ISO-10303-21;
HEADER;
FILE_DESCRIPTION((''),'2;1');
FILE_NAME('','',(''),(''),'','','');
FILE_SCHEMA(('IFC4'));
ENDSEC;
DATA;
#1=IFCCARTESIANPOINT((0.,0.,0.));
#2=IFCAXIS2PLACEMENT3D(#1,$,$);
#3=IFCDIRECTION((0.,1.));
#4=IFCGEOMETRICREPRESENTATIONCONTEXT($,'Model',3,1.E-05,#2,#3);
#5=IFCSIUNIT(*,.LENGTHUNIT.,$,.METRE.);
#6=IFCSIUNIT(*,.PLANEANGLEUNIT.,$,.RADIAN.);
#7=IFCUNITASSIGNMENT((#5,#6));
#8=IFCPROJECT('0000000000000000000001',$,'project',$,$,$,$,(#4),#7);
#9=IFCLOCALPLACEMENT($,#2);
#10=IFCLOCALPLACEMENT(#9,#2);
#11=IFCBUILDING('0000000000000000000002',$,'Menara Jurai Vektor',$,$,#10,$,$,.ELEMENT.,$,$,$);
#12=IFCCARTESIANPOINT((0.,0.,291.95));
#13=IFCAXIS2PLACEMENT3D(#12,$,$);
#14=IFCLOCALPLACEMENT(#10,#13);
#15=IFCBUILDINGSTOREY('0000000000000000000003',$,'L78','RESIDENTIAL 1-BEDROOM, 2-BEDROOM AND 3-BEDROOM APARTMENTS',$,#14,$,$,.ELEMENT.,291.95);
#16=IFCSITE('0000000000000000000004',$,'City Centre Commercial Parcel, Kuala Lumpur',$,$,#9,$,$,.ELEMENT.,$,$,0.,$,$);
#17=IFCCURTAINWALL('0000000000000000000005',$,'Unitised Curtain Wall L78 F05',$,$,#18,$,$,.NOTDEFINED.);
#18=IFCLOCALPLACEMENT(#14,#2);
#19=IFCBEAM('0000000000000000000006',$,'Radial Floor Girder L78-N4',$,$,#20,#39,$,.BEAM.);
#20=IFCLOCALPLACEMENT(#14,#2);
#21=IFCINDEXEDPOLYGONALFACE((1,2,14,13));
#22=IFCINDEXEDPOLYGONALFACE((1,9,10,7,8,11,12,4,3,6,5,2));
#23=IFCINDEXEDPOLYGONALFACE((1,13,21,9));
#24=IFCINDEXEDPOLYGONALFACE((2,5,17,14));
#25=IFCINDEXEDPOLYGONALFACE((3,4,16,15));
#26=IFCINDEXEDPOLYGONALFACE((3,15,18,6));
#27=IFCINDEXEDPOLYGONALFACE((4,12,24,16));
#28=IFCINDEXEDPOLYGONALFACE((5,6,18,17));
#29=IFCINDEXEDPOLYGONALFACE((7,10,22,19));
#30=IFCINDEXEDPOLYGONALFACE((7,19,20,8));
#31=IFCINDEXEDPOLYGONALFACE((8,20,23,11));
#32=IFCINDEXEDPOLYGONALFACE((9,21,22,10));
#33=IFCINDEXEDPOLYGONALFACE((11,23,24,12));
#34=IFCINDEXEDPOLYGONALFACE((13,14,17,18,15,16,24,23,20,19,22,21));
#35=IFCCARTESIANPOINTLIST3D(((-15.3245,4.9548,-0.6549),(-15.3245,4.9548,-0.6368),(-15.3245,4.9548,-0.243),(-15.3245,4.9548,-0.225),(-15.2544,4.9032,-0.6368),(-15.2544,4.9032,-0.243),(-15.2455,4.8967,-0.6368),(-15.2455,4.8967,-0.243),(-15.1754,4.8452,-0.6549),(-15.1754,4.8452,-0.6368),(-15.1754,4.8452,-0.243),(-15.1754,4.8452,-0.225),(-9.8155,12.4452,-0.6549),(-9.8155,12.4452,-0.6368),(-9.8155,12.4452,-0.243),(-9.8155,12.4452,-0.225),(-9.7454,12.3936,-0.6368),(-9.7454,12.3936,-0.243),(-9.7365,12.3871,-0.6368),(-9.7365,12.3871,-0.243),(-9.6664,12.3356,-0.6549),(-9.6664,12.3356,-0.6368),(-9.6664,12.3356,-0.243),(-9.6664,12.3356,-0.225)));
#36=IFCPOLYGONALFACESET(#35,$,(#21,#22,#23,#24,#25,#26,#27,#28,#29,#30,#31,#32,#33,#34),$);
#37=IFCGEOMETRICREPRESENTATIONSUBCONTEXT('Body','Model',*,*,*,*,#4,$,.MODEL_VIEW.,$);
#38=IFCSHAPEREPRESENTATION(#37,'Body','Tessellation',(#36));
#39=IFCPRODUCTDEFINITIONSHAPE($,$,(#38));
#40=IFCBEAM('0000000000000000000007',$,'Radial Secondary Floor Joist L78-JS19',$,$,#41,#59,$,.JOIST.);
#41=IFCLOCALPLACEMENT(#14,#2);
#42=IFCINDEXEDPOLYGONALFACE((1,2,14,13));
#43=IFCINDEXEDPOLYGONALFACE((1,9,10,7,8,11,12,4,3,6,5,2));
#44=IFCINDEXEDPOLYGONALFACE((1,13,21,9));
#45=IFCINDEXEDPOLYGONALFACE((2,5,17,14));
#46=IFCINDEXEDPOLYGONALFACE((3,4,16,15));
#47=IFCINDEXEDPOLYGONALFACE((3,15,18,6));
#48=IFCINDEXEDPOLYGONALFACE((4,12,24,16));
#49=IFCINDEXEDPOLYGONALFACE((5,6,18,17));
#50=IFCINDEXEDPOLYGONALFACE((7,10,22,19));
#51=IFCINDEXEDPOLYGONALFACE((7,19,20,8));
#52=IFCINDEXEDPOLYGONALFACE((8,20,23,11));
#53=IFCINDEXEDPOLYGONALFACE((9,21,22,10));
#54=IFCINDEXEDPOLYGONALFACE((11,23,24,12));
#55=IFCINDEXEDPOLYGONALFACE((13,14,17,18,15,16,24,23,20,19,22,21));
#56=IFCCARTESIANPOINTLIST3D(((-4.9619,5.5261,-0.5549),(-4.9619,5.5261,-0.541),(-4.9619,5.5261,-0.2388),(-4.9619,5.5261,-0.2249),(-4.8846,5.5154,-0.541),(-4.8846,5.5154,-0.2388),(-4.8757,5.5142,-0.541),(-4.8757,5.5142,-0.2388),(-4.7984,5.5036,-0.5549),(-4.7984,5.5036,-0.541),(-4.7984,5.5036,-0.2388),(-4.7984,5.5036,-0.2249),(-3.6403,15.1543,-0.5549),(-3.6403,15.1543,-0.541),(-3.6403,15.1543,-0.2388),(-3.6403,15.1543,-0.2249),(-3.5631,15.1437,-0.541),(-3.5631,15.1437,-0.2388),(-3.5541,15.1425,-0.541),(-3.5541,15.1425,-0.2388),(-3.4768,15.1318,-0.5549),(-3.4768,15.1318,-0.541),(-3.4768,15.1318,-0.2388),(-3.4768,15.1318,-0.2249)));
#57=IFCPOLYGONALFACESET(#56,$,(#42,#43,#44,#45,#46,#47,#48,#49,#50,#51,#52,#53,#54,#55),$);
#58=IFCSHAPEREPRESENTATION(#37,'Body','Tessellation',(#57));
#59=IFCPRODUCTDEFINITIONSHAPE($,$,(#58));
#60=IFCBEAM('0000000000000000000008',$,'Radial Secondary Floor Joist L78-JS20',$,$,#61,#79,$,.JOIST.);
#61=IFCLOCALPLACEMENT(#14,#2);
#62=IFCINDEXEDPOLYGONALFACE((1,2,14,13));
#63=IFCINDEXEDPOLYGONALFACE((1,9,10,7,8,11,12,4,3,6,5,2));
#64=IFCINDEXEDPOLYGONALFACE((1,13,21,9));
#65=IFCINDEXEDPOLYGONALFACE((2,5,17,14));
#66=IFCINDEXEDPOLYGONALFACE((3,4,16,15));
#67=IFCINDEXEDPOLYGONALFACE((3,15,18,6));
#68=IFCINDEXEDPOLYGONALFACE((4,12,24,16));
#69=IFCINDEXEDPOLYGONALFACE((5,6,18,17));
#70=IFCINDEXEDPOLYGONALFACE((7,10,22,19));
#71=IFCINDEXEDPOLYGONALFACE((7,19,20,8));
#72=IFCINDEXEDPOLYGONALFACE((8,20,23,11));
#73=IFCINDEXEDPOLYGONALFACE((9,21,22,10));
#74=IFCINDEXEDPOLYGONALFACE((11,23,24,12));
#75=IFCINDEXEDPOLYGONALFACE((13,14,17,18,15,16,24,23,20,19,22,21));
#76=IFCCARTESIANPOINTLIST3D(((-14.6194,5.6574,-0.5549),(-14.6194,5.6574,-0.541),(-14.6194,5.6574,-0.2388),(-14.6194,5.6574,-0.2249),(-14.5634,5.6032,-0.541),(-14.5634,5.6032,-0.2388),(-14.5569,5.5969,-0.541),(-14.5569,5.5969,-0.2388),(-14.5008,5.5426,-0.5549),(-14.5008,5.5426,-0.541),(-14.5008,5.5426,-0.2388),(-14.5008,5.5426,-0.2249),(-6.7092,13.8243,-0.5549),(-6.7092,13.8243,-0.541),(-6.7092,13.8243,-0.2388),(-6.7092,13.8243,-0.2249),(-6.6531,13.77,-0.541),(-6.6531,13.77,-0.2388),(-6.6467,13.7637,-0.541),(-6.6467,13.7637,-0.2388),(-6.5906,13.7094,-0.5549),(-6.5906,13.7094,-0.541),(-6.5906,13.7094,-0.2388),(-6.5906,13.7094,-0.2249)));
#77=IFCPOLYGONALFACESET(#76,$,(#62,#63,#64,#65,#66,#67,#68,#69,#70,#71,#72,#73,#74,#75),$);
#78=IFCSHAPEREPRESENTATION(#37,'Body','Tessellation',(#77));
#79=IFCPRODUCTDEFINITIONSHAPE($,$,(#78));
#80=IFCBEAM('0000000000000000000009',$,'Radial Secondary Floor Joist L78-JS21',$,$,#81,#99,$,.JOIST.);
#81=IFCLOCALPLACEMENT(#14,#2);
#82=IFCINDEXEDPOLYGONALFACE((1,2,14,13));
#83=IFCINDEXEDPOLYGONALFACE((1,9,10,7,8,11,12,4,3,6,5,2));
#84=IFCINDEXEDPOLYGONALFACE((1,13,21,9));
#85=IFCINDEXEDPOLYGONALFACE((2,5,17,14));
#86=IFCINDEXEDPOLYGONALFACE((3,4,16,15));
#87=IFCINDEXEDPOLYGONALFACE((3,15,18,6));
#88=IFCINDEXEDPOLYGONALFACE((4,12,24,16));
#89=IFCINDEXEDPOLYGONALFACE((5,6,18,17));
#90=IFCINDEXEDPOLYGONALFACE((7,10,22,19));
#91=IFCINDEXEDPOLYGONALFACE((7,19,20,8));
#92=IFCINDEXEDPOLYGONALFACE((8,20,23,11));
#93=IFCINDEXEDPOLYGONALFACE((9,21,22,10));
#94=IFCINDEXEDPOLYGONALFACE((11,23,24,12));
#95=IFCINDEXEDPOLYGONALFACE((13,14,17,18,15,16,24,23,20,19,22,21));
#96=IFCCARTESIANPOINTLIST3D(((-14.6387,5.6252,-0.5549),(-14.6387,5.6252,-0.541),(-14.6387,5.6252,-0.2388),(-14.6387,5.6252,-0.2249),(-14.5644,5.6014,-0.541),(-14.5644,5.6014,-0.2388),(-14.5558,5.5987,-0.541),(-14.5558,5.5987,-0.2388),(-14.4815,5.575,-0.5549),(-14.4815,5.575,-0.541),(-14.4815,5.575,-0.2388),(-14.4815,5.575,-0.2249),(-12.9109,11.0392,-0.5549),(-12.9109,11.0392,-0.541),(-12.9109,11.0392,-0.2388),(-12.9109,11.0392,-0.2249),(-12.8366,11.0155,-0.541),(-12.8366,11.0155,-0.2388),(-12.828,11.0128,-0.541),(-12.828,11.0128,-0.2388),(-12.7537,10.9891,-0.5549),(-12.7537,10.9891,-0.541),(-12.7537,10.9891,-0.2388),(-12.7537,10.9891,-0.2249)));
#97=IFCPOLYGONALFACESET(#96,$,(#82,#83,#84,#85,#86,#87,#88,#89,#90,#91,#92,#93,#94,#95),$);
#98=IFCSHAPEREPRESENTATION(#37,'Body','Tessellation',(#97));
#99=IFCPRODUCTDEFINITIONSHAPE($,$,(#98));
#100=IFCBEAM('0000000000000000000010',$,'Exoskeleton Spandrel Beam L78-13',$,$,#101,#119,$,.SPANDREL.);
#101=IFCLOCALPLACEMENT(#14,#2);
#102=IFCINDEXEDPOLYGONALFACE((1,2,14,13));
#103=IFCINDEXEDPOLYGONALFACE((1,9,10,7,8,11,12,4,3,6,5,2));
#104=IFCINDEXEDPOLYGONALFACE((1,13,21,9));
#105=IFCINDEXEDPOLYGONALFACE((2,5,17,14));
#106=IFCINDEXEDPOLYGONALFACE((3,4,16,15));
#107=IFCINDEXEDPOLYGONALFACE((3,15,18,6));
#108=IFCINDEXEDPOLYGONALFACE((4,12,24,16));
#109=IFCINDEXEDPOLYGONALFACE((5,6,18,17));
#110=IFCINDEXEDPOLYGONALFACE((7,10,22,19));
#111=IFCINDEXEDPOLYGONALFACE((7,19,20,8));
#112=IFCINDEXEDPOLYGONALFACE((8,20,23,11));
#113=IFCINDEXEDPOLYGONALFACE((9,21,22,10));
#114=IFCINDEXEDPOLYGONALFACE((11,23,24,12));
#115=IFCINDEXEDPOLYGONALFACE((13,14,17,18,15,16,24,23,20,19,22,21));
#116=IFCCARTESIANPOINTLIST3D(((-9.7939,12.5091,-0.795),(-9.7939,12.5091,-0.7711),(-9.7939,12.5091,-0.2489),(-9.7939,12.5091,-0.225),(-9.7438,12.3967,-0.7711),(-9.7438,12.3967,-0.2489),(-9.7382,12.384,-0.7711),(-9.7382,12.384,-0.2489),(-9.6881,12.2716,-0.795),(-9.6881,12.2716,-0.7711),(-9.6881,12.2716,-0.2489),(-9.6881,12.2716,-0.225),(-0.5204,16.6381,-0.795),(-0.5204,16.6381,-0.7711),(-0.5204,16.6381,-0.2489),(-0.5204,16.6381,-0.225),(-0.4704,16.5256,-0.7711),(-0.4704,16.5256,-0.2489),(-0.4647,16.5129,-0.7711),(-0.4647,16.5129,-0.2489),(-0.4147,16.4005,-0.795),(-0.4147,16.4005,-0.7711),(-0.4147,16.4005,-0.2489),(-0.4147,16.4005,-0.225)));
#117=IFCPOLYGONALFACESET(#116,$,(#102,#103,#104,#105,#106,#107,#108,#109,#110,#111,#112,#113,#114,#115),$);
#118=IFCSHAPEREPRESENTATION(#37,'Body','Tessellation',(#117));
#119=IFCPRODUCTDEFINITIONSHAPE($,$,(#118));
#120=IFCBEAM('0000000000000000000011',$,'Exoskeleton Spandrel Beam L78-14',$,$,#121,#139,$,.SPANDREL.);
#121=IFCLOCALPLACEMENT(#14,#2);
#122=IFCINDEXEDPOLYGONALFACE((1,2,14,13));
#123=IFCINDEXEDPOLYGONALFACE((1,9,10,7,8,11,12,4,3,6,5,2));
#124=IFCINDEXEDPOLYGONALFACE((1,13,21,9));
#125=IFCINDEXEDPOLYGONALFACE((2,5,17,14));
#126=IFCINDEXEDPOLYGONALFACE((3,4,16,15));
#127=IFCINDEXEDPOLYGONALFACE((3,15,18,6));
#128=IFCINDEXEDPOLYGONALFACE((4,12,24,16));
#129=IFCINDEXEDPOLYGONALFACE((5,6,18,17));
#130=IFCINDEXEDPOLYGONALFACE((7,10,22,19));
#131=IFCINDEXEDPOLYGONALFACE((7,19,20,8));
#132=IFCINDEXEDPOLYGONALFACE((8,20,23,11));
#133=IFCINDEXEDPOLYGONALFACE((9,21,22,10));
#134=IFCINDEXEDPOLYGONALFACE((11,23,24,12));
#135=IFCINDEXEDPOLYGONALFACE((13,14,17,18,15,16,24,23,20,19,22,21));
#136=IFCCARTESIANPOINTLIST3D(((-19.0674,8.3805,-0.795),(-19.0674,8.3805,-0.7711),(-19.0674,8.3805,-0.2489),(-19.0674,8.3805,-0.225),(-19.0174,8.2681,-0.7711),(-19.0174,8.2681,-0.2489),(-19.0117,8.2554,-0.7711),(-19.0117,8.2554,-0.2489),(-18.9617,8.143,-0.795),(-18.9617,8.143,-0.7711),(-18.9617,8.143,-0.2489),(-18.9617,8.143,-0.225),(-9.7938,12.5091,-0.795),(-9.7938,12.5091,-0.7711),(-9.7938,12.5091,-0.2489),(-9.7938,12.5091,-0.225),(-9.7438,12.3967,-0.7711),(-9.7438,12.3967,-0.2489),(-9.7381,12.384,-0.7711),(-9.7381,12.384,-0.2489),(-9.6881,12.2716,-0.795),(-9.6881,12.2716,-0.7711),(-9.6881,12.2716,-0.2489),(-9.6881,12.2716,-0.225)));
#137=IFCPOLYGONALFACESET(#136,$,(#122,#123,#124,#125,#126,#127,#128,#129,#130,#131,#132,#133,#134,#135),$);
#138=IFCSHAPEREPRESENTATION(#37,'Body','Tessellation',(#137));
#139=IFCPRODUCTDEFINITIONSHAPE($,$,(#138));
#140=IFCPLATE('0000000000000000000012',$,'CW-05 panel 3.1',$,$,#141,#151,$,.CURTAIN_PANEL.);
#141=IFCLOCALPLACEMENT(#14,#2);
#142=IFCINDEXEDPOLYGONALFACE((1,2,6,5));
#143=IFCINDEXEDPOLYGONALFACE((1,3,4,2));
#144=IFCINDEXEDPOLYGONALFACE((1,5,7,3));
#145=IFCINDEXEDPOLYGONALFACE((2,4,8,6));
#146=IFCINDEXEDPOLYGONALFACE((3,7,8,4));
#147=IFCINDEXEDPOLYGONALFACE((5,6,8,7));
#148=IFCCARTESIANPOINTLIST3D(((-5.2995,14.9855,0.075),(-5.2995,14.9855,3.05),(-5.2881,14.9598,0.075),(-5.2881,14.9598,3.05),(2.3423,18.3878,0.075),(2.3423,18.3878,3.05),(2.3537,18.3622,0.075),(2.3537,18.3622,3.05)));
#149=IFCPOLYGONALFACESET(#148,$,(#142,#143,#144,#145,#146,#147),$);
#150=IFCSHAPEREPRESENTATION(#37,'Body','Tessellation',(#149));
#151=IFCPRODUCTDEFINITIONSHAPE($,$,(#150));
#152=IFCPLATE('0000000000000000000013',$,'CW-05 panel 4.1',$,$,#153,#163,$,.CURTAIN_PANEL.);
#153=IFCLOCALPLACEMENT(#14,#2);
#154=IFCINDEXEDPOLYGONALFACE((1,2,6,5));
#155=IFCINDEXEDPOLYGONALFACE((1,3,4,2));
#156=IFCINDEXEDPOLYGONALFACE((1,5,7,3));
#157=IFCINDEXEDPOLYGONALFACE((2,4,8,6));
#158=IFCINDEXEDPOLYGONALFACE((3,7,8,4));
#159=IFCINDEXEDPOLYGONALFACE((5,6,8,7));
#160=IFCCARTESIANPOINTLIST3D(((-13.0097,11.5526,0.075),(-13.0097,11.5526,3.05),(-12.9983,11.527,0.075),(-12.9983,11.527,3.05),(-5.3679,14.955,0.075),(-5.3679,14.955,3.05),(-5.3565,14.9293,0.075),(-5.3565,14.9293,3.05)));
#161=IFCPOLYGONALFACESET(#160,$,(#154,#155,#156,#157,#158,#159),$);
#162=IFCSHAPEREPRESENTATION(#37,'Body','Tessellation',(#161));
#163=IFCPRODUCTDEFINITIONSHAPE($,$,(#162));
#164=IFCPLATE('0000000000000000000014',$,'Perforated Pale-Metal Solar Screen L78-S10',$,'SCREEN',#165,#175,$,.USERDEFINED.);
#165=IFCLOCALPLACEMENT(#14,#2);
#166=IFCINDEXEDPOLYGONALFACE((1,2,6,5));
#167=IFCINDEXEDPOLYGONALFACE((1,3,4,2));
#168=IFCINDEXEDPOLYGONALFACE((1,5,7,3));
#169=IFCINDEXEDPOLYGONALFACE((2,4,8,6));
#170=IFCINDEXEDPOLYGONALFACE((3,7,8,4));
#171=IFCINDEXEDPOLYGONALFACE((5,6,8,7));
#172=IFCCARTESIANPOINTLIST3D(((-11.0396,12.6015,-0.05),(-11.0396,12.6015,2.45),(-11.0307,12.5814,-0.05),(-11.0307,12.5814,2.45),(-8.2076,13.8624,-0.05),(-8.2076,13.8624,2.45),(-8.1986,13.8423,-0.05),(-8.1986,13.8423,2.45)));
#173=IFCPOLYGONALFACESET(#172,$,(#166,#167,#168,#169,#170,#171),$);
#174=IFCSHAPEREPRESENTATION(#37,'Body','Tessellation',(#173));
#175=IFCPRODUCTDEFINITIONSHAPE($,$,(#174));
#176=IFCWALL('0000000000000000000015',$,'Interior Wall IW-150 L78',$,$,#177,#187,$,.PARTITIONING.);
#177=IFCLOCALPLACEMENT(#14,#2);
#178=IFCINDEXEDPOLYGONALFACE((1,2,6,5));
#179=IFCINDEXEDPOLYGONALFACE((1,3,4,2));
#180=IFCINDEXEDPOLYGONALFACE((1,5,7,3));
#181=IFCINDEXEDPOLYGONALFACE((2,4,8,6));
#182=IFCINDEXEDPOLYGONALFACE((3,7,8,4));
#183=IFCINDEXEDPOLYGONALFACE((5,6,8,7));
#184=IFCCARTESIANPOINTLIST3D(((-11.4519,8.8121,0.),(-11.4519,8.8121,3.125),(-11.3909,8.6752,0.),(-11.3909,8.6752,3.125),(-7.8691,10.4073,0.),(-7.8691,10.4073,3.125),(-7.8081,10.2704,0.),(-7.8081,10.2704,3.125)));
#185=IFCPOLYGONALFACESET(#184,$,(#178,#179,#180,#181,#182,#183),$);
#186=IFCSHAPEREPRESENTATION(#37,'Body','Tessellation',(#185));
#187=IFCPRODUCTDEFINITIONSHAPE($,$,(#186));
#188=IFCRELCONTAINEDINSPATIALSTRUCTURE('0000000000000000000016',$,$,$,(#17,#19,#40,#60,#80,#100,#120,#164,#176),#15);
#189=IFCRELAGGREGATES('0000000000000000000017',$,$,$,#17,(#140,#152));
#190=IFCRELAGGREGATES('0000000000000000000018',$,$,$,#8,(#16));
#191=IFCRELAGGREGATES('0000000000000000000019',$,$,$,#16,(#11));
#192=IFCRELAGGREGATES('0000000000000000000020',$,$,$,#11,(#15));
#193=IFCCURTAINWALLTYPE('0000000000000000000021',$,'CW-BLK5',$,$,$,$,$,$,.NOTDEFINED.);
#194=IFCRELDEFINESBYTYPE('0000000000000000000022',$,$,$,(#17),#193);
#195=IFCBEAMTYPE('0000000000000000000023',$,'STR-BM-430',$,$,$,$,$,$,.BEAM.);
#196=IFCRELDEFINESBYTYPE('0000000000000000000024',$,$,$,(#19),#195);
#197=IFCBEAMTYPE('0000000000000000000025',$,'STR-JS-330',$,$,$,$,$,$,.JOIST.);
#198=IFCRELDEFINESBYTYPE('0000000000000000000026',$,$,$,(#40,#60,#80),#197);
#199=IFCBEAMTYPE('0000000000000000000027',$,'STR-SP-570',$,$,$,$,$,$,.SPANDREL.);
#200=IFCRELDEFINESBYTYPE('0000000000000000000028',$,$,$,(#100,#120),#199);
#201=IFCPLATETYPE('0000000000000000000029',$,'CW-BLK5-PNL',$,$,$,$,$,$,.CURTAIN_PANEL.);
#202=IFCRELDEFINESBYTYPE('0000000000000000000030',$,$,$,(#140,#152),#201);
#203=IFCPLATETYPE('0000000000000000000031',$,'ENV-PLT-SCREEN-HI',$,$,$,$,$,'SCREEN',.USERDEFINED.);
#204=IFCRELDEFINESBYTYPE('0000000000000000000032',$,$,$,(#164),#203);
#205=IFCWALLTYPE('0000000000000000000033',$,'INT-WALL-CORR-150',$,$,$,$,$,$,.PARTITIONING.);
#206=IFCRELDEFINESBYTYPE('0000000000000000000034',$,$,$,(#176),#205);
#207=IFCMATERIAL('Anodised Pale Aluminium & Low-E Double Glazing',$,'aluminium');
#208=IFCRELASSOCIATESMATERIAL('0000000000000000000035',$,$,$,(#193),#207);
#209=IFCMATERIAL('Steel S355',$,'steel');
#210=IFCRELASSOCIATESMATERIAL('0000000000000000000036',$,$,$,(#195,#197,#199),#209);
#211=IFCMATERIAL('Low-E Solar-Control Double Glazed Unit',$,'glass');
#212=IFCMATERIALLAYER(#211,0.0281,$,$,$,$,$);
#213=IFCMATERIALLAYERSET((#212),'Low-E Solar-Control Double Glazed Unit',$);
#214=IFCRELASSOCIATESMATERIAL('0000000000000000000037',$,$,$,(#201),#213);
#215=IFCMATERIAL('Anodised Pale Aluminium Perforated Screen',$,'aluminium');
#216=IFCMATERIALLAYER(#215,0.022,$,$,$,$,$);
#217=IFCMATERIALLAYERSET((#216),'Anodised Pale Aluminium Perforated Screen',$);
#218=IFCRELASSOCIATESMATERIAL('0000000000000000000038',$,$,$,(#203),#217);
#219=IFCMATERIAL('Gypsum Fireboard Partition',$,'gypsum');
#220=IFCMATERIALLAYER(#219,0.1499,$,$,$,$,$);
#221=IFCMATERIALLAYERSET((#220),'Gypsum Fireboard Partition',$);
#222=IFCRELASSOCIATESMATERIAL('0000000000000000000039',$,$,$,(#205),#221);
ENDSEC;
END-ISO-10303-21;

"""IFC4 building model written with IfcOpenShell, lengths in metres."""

from ifc_helpers import new_model, si_unit, direction, frame, frame_2d, origin, origin_2d, place, context, subcontext, project, spatial, rectangle, i_section, extrude, material, layer, layer_set, material_profile, profile_set, type_object, element, aggregate, save


model = new_model("IFC4")

# Units and contexts
model_context = context("Model", 3, precision=1e-05, world=origin(), true_north=direction((0.0, 1.0)))
body_context = subcontext(model_context, "Body", "Model", "MODEL_VIEW")
ifc_project = project(units=[si_unit("LENGTHUNIT", "METRE"), si_unit("PLANEANGLEUNIT", "RADIAN")], contexts=[model_context])

# Site, building, storey
site_placement = place(None, origin())
site = spatial("IfcSite", under=ifc_project, at=site_placement, Name="City Centre Commercial Parcel, Kuala Lumpur", CompositionType="ELEMENT", RefElevation=0.0)
building_placement = place(site_placement, origin())
building = spatial("IfcBuilding", under=site, at=building_placement, Name="Menara Jurai Vektor", CompositionType="ELEMENT")
storey_placement = place(building_placement, frame((0.0, 0.0, 291.95)))
storey = spatial("IfcBuildingStorey", under=building, at=storey_placement, Name="L78", Description="RESIDENTIAL 1-BEDROOM, 2-BEDROOM AND 3-BEDROOM APARTMENTS", CompositionType="ELEMENT", Elevation=291.95)

# Curtain wall
ifc_material_1 = material(Name="Anodised Pale Aluminium & Low-E Double Glazing", Category="aluminium")
curtain_wall_type = type_object("IfcCurtainWallType", Name="CW-BLK5", PredefinedType="NOTDEFINED", material=ifc_material_1)
curtain_wall_placement = place(storey_placement, origin())
curtain_wall = element("IfcCurtainWall", 1, at=curtain_wall_placement, inside=storey, type_object=curtain_wall_type, Name="Unitised Curtain Wall L78 F05", PredefinedType="NOTDEFINED")

# Beams
ifc_material_2 = material(Name="Steel S355", Category="steel")
ifc_material_profile_1 = material_profile(ifc_material_2, i_section(OverallWidth=0.1851, OverallDepth=0.4299, WebThickness=0.011, FlangeThickness=0.0181, at=origin_2d()), Name="PG 430x185x76")
ifc_profile_set_1 = profile_set([ifc_material_profile_1], Name="Steel S355")
beam_type_1 = type_object("IfcBeamType", Name="STR-BM-430", PredefinedType="BEAM", material=ifc_profile_set_1)
beam_1_placement = place(storey_placement, frame((-9.741, 12.3904, -0.4399), z_axis=(-0.592483, -0.805583, 0.0), x_axis=(0.805583, -0.592483, 0.0)))
element("IfcBeam", 2, at=beam_1_placement, inside=storey, type_object=beam_type_1, Name="Radial Floor Girder L78-N4", PredefinedType="BEAM", context=body_context, shape_type="SweptSolid", body=[
    extrude(i_section(OverallWidth=0.1851, OverallDepth=0.4299, WebThickness=0.011, FlangeThickness=0.0181, at=origin_2d()), origin(), (0.0, 0.0, 1.0), 9.2981),
])
ifc_material_profile_2 = material_profile(ifc_material_2, i_section(OverallWidth=0.165, OverallDepth=0.3301, WebThickness=0.009, FlangeThickness=0.0139, at=origin_2d()), Name="PG 330x165x46")
ifc_profile_set_2 = profile_set([ifc_material_profile_2], Name="Steel S355")
beam_type_2 = type_object("IfcBeamType", Name="STR-JS-330", PredefinedType="JOIST", material=ifc_profile_set_2)
beam_2_placement = place(storey_placement, frame((-3.5586, 15.1431, -0.3899), z_axis=(-0.135982, -0.990711, 0.0), x_axis=(0.990711, -0.135982, 0.0)))
element("IfcBeam", 3, at=beam_2_placement, inside=storey, type_object=beam_type_2, Name="Radial Secondary Floor Joist L78-JS19", PredefinedType="JOIST", context=body_context, shape_type="SweptSolid", body=[
    extrude(i_section(OverallWidth=0.165, OverallDepth=0.3301, WebThickness=0.009, FlangeThickness=0.0139, at=origin_2d()), origin(), (0.0, 0.0, 1.0), 9.7185),
])
beam_3_placement = place(storey_placement, frame((-6.6499, 13.7668, -0.3899), z_axis=(-0.695733, -0.718301, 0.0), x_axis=(0.718301, -0.695733, 0.0)))
element("IfcBeam", 4, at=beam_3_placement, inside=storey, type_object=beam_type_2, Name="Radial Secondary Floor Joist L78-JS20", PredefinedType="JOIST", context=body_context, shape_type="SweptSolid", body=[
    extrude(i_section(OverallWidth=0.165, OverallDepth=0.3301, WebThickness=0.009, FlangeThickness=0.0139, at=origin_2d()), origin(), (0.0, 0.0, 1.0), 11.3696),
])
beam_4_placement = place(storey_placement, frame((-12.8323, 11.0142, -0.3899), z_axis=(-0.304023, -0.952665, 0.0), x_axis=(0.952665, -0.304023, 0.0)))
element("IfcBeam", 5, at=beam_4_placement, inside=storey, type_object=beam_type_2, Name="Radial Secondary Floor Joist L78-JS21", PredefinedType="JOIST", context=body_context, shape_type="SweptSolid", body=[
    extrude(i_section(OverallWidth=0.165, OverallDepth=0.3301, WebThickness=0.009, FlangeThickness=0.0139, at=origin_2d()), origin(), (0.0, 0.0, 1.0), 5.6831),
])
ifc_material_profile_3 = material_profile(ifc_material_2, i_section(OverallWidth=0.26, OverallDepth=0.5701, WebThickness=0.0139, FlangeThickness=0.0239, at=origin_2d()), Name="PG 570x260x145")
ifc_profile_set_3 = profile_set([ifc_material_profile_3], Name="Steel S355")
beam_type_3 = type_object("IfcBeamType", Name="STR-SP-570", PredefinedType="SPANDREL", material=ifc_profile_set_3)
for number, where, z_axis, x_axis, name in (
    (6, (-0.4675, 16.5193, -0.51), (-0.913542, -0.406745, 0.0), (0.406745, -0.913542, 0.0), "Exoskeleton Spandrel Beam L78-13"),
    (7, (-9.741, 12.3904, -0.51), (-0.913554, -0.406716, 0.0), (0.406716, -0.913554, 0.0), "Exoskeleton Spandrel Beam L78-14"),
):
    element("IfcBeam", number, at=place(storey_placement, frame(where, z_axis=z_axis, x_axis=x_axis)), inside=storey, type_object=beam_type_3, Name=name, PredefinedType="SPANDREL", context=body_context, shape_type="SweptSolid", body=[
        extrude(i_section(OverallWidth=0.26, OverallDepth=0.5701, WebThickness=0.0139, FlangeThickness=0.0239, at=origin_2d()), origin(), (0.0, 0.0, 1.0), 10.1511),
    ])

# Plates
ifc_material_3 = material(Name="Low-E Solar-Control Double Glazed Unit", Category="glass")
ifc_layer_1 = layer(ifc_material_3, 0.0281)
ifc_layer_set_1 = layer_set([ifc_layer_1], Name="Low-E Solar-Control Double Glazed Unit")
plate_type_1 = type_object("IfcPlateType", Name="CW-BLK5-PNL", PredefinedType="CURTAIN_PANEL", material=ifc_layer_set_1)
plate_1_placement = place(storey_placement, frame((-1.4729, 16.6738, 0.075), z_axis=(0.0, 0.0, 1.0), x_axis=(-0.913546, -0.406735, 0.0)))
plate_1 = element("IfcPlate", 8, at=plate_1_placement, type_object=plate_type_1, Name="CW-05 panel 3.1", PredefinedType="CURTAIN_PANEL", context=body_context, shape_type="SweptSolid", body=[
    extrude(rectangle(XDim=8.365, YDim=0.0281, at=origin_2d()), origin(), (0.0, 0.0, 1.0), 2.9751),
])
plate_2_placement = place(storey_placement, frame((-9.1831, 13.241, 0.075), z_axis=(0.0, 0.0, 1.0), x_axis=(-0.913546, -0.406735, 0.0)))
plate_2 = element("IfcPlate", 9, at=plate_2_placement, type_object=plate_type_1, Name="CW-05 panel 4.1", PredefinedType="CURTAIN_PANEL", context=body_context, shape_type="SweptSolid", body=[
    extrude(rectangle(XDim=8.365, YDim=0.0281, at=origin_2d()), origin(), (0.0, 0.0, 1.0), 2.9751),
])
aggregate(curtain_wall, [plate_1, plate_2])
ifc_material_4 = material(Name="Anodised Pale Aluminium Perforated Screen", Category="aluminium")
ifc_layer_2 = layer(ifc_material_4, 0.022)
ifc_layer_set_2 = layer_set([ifc_layer_2], Name="Anodised Pale Aluminium Perforated Screen")
plate_type_2 = type_object("IfcPlateType", Name="ENV-PLT-SCREEN-HI", ElementType="SCREEN", PredefinedType="USERDEFINED", material=ifc_layer_set_2)
plate_3_placement = place(storey_placement, frame((-9.6191, 13.2219, -0.05), z_axis=(0.0, 0.0, 1.0), x_axis=(-0.913545, -0.406737, 0.0)))
element("IfcPlate", 10, at=plate_3_placement, inside=storey, type_object=plate_type_2, Name="Perforated Pale-Metal Solar Screen L78-S10", ObjectType="SCREEN", PredefinedType="USERDEFINED", context=body_context, shape_type="SweptSolid", body=[
    extrude(rectangle(XDim=3.1001, YDim=0.022, at=origin_2d()), origin(), (0.0, 0.0, 1.0), 2.5),
])

# Shared definitions
ifc_material_5 = material(Name="Gypsum Fireboard Partition", Category="gypsum")
ifc_layer_3 = layer(ifc_material_5, 0.1499)
ifc_layer_set_3 = layer_set([ifc_layer_3], Name="Gypsum Fireboard Partition")
wall_type_1 = type_object("IfcWallType", Name="INT-WALL-CORR-150", PredefinedType="PARTITIONING", material=ifc_layer_set_3)

# Wall
wall_1_placement = place(storey_placement, frame((-11.4214, 8.7437, 0.0), z_axis=(0.0, 0.0, 1.0), x_axis=(0.913539, 0.406751, 0.0)))
element("IfcWall", 11, at=wall_1_placement, inside=storey, type_object=wall_type_1, Name="Interior Wall IW-150 L78", PredefinedType="PARTITIONING", context=body_context, shape_type="SweptSolid", body=[
    extrude(rectangle(XDim=3.9219, YDim=0.1499, at=frame_2d((1.9609, 0.0))), origin(), (0.0, 0.0, 1.0), 3.125),
])

save(model, "model.ifc")
